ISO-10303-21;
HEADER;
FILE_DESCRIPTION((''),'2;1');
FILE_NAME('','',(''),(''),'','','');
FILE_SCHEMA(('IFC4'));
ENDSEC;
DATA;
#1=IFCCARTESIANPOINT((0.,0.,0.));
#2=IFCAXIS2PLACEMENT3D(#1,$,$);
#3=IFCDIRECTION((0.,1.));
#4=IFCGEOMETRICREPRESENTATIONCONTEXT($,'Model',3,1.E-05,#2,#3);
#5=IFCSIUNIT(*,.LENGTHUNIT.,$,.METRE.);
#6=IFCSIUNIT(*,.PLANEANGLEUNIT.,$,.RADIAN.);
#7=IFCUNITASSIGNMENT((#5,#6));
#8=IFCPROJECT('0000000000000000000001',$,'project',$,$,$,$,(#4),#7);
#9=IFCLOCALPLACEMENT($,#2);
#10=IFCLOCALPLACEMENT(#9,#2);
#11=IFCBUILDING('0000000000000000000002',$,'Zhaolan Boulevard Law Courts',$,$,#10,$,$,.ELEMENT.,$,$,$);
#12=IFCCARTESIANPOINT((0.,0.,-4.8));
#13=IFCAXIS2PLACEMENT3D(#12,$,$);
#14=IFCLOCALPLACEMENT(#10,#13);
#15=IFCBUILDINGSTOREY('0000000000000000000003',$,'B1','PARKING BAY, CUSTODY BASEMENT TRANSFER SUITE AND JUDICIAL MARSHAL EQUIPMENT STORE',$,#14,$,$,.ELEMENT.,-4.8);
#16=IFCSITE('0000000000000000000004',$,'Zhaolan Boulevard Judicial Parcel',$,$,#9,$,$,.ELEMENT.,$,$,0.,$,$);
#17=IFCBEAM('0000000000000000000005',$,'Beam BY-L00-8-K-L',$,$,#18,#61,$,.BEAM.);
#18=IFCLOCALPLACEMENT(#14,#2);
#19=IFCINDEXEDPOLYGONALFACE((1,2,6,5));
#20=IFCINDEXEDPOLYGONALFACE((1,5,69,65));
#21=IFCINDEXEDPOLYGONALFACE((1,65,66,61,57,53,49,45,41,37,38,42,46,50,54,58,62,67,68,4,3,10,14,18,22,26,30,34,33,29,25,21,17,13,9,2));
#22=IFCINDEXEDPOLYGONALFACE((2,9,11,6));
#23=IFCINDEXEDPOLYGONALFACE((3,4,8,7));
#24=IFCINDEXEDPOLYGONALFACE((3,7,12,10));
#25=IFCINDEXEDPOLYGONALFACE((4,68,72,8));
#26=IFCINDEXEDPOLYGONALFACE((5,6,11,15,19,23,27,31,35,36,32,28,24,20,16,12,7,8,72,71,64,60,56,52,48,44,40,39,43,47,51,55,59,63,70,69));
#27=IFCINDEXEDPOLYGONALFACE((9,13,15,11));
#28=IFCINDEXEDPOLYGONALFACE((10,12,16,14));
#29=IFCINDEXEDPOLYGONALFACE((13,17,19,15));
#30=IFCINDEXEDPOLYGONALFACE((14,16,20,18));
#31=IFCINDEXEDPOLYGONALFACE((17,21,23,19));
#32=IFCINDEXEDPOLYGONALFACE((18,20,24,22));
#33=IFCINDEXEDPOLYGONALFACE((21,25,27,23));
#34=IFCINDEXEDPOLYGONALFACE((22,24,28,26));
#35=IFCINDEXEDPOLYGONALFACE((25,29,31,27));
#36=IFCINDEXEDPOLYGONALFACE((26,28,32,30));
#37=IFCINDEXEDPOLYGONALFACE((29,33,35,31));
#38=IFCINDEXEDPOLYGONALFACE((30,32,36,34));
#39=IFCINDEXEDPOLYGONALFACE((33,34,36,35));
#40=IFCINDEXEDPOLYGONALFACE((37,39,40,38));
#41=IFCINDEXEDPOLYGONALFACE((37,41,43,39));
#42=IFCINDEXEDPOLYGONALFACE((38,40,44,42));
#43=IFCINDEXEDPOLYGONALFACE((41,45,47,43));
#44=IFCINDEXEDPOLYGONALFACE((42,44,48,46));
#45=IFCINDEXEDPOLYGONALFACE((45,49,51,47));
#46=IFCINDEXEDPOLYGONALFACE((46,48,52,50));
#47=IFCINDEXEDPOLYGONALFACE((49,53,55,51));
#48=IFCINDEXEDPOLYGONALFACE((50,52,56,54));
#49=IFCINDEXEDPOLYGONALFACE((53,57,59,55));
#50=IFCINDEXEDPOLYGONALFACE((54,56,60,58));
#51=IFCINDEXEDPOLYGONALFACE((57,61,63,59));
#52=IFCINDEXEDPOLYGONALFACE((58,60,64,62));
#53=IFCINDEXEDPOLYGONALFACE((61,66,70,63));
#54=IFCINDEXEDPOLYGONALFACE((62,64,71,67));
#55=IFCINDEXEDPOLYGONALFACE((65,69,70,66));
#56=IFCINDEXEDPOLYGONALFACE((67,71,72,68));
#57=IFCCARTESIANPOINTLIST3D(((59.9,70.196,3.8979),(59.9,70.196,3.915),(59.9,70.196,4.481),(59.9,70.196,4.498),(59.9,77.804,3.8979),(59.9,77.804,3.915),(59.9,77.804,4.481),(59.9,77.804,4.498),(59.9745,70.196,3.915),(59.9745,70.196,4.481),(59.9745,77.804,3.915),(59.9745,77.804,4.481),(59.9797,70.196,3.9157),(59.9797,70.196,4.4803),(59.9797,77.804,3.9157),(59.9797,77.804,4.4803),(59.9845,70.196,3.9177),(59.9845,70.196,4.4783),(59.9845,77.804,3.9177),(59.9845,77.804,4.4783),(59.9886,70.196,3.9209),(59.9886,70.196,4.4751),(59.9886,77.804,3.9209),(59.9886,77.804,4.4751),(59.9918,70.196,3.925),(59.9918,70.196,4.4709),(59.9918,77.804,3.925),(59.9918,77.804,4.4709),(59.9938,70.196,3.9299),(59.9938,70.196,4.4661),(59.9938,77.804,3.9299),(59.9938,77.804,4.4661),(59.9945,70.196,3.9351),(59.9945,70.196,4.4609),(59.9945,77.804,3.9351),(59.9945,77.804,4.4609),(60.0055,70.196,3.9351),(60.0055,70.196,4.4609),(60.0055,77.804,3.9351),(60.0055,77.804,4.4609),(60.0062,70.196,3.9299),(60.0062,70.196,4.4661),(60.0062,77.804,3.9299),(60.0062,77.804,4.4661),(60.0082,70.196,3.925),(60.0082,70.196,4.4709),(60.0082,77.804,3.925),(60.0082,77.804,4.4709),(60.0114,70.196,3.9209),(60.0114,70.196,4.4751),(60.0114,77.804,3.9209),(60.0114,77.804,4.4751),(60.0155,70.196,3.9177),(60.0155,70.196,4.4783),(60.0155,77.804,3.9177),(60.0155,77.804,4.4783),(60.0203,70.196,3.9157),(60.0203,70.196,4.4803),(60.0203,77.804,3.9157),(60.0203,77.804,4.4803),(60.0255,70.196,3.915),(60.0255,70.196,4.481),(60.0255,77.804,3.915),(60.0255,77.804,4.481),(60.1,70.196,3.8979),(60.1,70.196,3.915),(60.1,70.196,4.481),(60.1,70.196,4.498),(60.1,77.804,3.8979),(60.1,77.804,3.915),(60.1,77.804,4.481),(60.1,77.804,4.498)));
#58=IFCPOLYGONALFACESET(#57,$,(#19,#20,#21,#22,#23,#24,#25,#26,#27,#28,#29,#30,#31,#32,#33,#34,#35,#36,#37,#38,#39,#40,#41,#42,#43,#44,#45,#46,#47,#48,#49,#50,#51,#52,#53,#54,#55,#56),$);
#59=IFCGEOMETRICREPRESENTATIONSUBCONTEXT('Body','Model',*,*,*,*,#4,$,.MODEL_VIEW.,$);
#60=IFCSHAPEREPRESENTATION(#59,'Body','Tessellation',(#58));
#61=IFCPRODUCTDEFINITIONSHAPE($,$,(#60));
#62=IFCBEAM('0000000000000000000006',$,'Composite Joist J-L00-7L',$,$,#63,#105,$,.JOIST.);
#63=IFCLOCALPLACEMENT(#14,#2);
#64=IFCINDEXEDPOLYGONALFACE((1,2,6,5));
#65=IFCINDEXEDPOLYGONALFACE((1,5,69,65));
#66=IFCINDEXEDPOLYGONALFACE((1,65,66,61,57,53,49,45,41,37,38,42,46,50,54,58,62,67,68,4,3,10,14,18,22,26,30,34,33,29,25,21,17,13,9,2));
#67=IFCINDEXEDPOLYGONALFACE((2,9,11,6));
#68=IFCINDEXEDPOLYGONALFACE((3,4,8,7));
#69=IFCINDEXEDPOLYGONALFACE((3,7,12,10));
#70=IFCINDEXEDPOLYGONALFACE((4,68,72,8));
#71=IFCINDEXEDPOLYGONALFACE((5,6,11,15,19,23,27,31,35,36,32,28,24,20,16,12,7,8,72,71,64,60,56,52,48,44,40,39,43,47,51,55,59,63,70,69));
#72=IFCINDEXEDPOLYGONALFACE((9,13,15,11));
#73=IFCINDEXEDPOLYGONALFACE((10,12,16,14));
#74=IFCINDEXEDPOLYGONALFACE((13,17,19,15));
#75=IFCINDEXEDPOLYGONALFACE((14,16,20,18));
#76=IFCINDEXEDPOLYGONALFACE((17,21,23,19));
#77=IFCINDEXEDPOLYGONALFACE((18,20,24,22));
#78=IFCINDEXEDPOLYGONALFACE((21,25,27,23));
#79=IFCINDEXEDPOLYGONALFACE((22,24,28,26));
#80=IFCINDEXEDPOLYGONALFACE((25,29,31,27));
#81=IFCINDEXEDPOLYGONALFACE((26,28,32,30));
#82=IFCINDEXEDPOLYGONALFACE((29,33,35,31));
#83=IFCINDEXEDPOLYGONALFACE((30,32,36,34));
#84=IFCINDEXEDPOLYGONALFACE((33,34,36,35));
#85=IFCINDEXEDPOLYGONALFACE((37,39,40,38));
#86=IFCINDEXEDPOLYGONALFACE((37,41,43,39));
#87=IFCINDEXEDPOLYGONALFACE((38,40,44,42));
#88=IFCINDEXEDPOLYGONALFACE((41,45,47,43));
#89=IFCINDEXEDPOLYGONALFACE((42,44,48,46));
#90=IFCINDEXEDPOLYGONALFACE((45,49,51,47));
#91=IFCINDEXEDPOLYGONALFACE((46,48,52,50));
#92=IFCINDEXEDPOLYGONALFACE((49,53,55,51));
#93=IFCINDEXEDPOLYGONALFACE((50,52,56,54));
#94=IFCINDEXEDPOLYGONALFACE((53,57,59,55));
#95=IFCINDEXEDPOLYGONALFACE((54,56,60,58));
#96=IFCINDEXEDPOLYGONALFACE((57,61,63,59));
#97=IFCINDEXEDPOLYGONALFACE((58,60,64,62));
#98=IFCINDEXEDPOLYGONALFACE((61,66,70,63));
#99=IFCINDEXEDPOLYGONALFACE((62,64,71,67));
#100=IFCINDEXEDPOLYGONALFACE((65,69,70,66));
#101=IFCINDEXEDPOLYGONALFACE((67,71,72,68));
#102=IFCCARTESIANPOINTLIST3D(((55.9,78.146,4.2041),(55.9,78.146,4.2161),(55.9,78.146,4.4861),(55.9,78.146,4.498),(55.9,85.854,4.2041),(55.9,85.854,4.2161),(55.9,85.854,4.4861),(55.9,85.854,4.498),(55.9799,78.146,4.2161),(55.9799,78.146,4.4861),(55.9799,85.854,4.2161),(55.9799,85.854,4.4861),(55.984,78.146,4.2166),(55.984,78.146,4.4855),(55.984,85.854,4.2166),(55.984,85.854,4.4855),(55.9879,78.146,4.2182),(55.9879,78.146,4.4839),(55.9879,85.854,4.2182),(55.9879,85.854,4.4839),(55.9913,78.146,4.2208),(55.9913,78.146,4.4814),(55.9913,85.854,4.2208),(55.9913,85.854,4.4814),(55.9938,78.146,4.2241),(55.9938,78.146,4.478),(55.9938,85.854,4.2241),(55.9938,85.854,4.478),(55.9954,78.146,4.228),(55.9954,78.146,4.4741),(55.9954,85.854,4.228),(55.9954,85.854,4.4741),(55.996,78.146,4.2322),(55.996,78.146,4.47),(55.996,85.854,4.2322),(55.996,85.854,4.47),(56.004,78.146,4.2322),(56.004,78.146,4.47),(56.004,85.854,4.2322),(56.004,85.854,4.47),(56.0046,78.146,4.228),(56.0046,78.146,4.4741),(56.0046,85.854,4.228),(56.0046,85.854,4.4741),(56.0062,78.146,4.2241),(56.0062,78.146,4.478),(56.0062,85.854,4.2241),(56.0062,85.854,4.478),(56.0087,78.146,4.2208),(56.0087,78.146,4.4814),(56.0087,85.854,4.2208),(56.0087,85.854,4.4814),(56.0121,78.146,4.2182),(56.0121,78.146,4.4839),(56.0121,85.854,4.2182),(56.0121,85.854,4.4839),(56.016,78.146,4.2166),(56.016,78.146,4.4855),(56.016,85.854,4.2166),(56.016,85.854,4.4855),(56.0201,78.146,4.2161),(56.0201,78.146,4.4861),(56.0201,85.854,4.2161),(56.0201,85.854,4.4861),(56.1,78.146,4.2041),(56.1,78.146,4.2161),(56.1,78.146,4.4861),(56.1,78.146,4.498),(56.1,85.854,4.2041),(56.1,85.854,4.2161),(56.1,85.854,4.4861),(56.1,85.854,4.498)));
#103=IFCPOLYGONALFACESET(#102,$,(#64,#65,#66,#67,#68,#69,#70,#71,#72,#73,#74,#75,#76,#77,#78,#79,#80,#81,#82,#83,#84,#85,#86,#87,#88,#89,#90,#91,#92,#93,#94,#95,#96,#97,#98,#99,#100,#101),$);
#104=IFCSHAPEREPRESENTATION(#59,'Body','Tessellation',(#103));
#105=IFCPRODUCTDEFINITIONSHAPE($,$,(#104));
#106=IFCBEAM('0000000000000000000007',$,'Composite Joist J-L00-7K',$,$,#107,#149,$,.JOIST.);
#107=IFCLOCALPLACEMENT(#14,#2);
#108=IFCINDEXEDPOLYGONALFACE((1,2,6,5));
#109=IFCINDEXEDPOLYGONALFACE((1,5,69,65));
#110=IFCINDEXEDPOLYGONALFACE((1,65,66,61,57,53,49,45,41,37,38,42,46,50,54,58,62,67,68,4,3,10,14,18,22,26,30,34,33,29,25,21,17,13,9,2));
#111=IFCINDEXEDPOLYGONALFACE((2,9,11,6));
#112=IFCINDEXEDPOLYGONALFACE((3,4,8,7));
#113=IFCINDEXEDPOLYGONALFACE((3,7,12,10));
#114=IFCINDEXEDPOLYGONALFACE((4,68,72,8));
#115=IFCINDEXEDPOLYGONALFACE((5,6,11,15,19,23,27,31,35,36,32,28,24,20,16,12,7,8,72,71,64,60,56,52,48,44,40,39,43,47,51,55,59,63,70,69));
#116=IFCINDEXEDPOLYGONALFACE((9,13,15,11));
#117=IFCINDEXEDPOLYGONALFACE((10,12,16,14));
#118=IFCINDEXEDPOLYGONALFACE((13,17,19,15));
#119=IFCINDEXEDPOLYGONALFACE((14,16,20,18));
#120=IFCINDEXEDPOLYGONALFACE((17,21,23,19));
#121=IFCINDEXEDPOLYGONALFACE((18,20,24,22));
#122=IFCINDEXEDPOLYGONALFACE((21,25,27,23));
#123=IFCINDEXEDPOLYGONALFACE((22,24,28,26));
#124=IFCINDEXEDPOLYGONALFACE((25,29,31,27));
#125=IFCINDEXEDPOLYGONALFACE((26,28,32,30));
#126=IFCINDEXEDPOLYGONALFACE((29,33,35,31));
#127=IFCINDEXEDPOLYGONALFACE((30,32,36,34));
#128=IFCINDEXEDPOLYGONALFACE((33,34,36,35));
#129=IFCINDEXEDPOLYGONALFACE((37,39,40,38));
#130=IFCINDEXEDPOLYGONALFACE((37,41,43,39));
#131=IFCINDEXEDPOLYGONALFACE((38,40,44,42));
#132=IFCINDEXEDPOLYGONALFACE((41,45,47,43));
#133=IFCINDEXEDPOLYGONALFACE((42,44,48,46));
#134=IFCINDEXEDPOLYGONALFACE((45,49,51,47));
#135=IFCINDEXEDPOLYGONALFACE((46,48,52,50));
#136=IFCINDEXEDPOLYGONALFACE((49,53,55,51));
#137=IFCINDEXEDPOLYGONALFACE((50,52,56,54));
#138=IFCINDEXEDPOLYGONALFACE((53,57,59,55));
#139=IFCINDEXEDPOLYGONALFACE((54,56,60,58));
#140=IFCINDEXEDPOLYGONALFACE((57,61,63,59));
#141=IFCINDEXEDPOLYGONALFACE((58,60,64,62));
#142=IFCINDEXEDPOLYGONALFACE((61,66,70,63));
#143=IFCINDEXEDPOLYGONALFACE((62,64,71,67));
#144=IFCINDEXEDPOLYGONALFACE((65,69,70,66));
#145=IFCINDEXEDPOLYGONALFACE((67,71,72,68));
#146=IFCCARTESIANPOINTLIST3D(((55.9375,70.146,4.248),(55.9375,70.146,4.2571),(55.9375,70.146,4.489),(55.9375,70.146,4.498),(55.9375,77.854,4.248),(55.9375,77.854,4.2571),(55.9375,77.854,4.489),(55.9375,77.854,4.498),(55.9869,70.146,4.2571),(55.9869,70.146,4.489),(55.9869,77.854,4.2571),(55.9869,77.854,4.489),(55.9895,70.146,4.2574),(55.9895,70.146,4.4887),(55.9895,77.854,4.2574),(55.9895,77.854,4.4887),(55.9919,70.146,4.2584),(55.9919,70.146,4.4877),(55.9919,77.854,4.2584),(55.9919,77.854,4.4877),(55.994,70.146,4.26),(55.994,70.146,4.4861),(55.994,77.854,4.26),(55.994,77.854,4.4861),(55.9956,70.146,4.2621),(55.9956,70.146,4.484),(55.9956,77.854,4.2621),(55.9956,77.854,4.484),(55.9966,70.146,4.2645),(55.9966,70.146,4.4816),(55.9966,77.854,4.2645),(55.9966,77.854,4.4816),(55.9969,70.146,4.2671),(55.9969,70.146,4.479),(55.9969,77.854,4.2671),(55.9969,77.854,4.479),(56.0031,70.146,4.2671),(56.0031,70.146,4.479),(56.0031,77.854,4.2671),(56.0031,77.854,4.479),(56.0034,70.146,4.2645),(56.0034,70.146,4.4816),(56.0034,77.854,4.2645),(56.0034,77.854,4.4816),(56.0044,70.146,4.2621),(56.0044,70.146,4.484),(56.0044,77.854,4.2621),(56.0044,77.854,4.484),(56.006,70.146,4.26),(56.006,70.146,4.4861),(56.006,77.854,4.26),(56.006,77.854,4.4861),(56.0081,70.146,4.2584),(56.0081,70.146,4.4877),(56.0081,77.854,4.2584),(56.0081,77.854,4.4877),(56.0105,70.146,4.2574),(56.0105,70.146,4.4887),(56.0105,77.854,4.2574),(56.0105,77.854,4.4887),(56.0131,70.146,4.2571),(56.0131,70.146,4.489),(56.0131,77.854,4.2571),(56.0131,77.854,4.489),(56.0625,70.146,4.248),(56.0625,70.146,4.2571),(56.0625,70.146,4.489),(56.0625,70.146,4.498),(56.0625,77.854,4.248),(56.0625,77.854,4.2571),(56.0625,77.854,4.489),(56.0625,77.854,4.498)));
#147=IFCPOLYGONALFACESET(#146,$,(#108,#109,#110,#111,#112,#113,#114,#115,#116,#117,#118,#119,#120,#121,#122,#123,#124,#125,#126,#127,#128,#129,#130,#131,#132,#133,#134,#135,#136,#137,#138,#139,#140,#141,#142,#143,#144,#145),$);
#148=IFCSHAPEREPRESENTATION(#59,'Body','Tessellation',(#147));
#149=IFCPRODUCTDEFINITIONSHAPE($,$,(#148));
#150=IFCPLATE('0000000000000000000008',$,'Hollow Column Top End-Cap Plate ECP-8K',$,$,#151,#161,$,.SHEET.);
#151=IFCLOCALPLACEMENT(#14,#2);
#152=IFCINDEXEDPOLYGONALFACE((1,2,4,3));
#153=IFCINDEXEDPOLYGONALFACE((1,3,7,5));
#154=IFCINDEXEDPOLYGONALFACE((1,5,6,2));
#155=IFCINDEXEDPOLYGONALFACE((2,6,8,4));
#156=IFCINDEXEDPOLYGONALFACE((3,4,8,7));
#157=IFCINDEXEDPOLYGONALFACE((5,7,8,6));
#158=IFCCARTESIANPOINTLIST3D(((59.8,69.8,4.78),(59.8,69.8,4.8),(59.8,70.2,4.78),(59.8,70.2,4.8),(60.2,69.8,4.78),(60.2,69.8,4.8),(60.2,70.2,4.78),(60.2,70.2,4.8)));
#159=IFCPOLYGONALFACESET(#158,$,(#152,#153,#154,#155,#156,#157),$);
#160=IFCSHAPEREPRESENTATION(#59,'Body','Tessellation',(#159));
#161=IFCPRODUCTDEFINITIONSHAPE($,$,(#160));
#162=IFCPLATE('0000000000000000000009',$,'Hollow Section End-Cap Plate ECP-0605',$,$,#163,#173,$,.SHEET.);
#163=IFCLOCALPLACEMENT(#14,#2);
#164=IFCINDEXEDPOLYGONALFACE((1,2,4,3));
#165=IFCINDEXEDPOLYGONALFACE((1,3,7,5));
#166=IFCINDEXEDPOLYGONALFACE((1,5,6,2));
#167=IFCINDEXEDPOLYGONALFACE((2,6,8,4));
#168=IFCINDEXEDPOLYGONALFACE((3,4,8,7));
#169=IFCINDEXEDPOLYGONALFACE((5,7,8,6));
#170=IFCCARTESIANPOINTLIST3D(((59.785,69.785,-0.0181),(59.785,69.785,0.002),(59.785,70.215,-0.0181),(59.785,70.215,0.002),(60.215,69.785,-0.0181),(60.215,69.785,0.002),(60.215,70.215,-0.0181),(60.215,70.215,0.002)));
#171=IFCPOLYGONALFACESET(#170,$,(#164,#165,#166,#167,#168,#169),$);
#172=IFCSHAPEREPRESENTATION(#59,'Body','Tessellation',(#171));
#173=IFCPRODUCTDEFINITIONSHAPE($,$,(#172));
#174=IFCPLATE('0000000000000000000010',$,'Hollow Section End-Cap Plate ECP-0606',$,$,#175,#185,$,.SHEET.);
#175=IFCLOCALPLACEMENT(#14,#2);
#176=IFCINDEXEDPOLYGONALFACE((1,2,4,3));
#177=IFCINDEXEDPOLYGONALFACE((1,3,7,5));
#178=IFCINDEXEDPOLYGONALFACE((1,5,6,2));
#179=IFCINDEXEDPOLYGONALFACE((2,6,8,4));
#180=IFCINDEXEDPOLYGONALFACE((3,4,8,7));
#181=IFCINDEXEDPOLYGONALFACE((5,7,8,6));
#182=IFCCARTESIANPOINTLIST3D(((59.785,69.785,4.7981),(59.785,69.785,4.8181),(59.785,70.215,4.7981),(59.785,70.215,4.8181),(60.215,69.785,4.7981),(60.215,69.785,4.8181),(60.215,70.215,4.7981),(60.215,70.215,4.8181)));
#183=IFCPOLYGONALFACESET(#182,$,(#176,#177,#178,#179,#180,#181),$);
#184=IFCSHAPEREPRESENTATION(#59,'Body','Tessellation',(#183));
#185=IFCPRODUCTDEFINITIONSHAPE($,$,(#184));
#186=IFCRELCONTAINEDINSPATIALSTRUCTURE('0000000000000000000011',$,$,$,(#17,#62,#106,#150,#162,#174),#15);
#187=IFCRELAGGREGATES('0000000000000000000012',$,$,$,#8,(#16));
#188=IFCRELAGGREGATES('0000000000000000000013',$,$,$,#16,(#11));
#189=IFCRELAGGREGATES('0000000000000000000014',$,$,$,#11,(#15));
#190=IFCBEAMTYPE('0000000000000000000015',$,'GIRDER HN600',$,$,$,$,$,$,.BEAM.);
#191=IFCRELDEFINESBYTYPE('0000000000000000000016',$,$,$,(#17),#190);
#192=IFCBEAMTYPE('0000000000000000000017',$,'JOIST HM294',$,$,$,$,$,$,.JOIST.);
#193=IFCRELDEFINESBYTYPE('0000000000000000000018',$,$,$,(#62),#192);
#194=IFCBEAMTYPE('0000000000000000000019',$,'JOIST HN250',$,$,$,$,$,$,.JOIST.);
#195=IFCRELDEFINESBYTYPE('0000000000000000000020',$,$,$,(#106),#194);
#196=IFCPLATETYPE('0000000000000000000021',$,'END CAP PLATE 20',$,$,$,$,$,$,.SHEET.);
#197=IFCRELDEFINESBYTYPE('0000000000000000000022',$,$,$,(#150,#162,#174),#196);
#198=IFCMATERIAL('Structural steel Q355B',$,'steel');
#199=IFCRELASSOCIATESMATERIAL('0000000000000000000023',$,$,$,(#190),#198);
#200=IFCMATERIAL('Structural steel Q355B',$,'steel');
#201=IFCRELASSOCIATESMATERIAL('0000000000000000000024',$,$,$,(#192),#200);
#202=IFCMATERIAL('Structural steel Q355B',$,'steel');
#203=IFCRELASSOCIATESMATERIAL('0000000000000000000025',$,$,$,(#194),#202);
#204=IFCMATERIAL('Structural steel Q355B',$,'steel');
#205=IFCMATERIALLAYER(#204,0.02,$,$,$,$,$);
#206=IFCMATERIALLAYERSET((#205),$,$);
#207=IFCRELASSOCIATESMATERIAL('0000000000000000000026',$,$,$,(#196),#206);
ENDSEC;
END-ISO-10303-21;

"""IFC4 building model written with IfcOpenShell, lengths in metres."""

from ifc_helpers import new_model, si_unit, direction, frame, origin, origin_2d, place, context, subcontext, project, spatial, rectangle, i_section, extrude, material, layer, layer_set, material_profile, profile_set, type_object, element, save


model = new_model("IFC4")

# Units and contexts
model_context = context("Model", 3, precision=1e-05, world=origin(), true_north=direction((0.0, 1.0)))
body_context = subcontext(model_context, "Body", "Model", "MODEL_VIEW")
ifc_project = project(units=[si_unit("LENGTHUNIT", "METRE"), si_unit("PLANEANGLEUNIT", "RADIAN")], contexts=[model_context])

# Site, building, storey
site_placement = place(None, origin())
site = spatial("IfcSite", under=ifc_project, at=site_placement, Name="Zhaolan Boulevard Judicial Parcel", CompositionType="ELEMENT", RefElevation=0.0)
building_placement = place(site_placement, origin())
building = spatial("IfcBuilding", under=site, at=building_placement, Name="Zhaolan Boulevard Law Courts", CompositionType="ELEMENT")
storey_placement = place(building_placement, frame((0.0, 0.0, -4.8)))
storey = spatial("IfcBuildingStorey", under=building, at=storey_placement, Name="B1", Description="PARKING BAY, CUSTODY BASEMENT TRANSFER SUITE AND JUDICIAL MARSHAL EQUIPMENT STORE", CompositionType="ELEMENT", Elevation=-4.8)

# Beams
ifc_material_1 = material(Name="Structural steel Q355B", Category="steel")
ifc_material_profile_1 = material_profile(ifc_material_1, i_section(OverallWidth=0.2, OverallDepth=0.6001, WebThickness=0.011, FlangeThickness=0.0171, FilletRadius=0.02, at=origin_2d()), Name="HN600x200")
ifc_profile_set_1 = profile_set([ifc_material_profile_1], Name="Structural steel Q355B")
beam_type_1 = type_object("IfcBeamType", Name="GIRDER HN600", PredefinedType="BEAM", material=ifc_profile_set_1)
for number, where, z_axis, x_axis, name in (
    (1, (60.0, 70.196, 4.198), (0.0, 1.0, 0.0), (-1.0, 0.0, 0.0), "Beam BY-L00-8-K-L"),
):
    element("IfcBeam", number, at=place(storey_placement, frame(where, z_axis=z_axis, x_axis=x_axis)), inside=storey, type_object=beam_type_1, Name=name, PredefinedType="BEAM", context=body_context, shape_type="SweptSolid", body=[
        extrude(i_section(OverallWidth=0.2, OverallDepth=0.6001, WebThickness=0.011, FlangeThickness=0.0171, FilletRadius=0.02, at=origin_2d()), origin(), (0.0, 0.0, 1.0), 7.6079),
    ])
ifc_material_2 = material(Name="Structural steel Q355B", Category="steel")
ifc_material_profile_2 = material_profile(ifc_material_2, i_section(OverallWidth=0.2, OverallDepth=0.2939, WebThickness=0.0081, FlangeThickness=0.012, FilletRadius=0.0161, at=origin_2d()), Name="HM294x200")
ifc_profile_set_2 = profile_set([ifc_material_profile_2], Name="Structural steel Q355B")
beam_type_2 = type_object("IfcBeamType", Name="JOIST HM294", PredefinedType="JOIST", material=ifc_profile_set_2)
beam_1_placement = place(storey_placement, frame((56.0, 78.146, 4.3511), z_axis=(0.0, 1.0, 0.0), x_axis=(-1.0, 0.0, 0.0)))
element("IfcBeam", 2, at=beam_1_placement, inside=storey, type_object=beam_type_2, Name="Composite Joist J-L00-7L", PredefinedType="JOIST", context=body_context, shape_type="SweptSolid", body=[
    extrude(i_section(OverallWidth=0.2, OverallDepth=0.2939, WebThickness=0.0081, FlangeThickness=0.012, FilletRadius=0.0161, at=origin_2d()), origin(), (0.0, 0.0, 1.0), 7.708),
])
ifc_material_3 = material(Name="Structural steel Q355B", Category="steel")
ifc_material_profile_3 = material_profile(ifc_material_3, i_section(OverallWidth=0.125, OverallDepth=0.25, WebThickness=0.0061, FlangeThickness=0.009, FilletRadius=0.01, at=origin_2d()), Name="HN250x125")
ifc_profile_set_3 = profile_set([ifc_material_profile_3], Name="Structural steel Q355B")
beam_type_3 = type_object("IfcBeamType", Name="JOIST HN250", PredefinedType="JOIST", material=ifc_profile_set_3)
beam_2_placement = place(storey_placement, frame((56.0, 70.146, 4.373), z_axis=(0.0, 1.0, 0.0), x_axis=(-1.0, 0.0, 0.0)))
element("IfcBeam", 3, at=beam_2_placement, inside=storey, type_object=beam_type_3, Name="Composite Joist J-L00-7K", PredefinedType="JOIST", context=body_context, shape_type="SweptSolid", body=[
    extrude(i_section(OverallWidth=0.125, OverallDepth=0.25, WebThickness=0.0061, FlangeThickness=0.009, FilletRadius=0.01, at=origin_2d()), origin(), (0.0, 0.0, 1.0), 7.708),
])

# Plates
ifc_material_4 = material(Name="Structural steel Q355B", Category="steel")
ifc_layer_1 = layer(ifc_material_4, 0.02)
ifc_layer_set_1 = layer_set([ifc_layer_1])
plate_type = type_object("IfcPlateType", Name="END CAP PLATE 20", PredefinedType="SHEET", material=ifc_layer_set_1)
plate_placement = place(storey_placement, frame((60.0, 70.0, 4.78), z_axis=(0.0, 0.0, 1.0), x_axis=(1.0, 0.0, 0.0)))
element("IfcPlate", 4, at=plate_placement, inside=storey, type_object=plate_type, Name="Hollow Column Top End-Cap Plate ECP-8K", PredefinedType="SHEET", context=body_context, shape_type="SweptSolid", body=[
    extrude(rectangle(XDim=0.3999, YDim=0.3999, at=origin_2d()), origin(), (0.0, 0.0, 1.0), 0.02),
])
for number, where, z_axis, x_axis, name in (
    (5, (60.0, 70.0, -0.0181), (0.0, 0.0, 1.0), (1.0, 0.0, 0.0), "Hollow Section End-Cap Plate ECP-0605"),
    (6, (60.0, 70.0, 4.7981), (0.0, 0.0, 1.0), (1.0, 0.0, 0.0), "Hollow Section End-Cap Plate ECP-0606"),
):
    element("IfcPlate", number, at=place(storey_placement, frame(where, z_axis=z_axis, x_axis=x_axis)), inside=storey, type_object=plate_type, Name=name, PredefinedType="SHEET", context=body_context, shape_type="SweptSolid", body=[
        extrude(rectangle(XDim=0.4299, YDim=0.4299, at=origin_2d()), origin(), (0.0, 0.0, 1.0), 0.02),
    ])

save(model, "model.ifc")
